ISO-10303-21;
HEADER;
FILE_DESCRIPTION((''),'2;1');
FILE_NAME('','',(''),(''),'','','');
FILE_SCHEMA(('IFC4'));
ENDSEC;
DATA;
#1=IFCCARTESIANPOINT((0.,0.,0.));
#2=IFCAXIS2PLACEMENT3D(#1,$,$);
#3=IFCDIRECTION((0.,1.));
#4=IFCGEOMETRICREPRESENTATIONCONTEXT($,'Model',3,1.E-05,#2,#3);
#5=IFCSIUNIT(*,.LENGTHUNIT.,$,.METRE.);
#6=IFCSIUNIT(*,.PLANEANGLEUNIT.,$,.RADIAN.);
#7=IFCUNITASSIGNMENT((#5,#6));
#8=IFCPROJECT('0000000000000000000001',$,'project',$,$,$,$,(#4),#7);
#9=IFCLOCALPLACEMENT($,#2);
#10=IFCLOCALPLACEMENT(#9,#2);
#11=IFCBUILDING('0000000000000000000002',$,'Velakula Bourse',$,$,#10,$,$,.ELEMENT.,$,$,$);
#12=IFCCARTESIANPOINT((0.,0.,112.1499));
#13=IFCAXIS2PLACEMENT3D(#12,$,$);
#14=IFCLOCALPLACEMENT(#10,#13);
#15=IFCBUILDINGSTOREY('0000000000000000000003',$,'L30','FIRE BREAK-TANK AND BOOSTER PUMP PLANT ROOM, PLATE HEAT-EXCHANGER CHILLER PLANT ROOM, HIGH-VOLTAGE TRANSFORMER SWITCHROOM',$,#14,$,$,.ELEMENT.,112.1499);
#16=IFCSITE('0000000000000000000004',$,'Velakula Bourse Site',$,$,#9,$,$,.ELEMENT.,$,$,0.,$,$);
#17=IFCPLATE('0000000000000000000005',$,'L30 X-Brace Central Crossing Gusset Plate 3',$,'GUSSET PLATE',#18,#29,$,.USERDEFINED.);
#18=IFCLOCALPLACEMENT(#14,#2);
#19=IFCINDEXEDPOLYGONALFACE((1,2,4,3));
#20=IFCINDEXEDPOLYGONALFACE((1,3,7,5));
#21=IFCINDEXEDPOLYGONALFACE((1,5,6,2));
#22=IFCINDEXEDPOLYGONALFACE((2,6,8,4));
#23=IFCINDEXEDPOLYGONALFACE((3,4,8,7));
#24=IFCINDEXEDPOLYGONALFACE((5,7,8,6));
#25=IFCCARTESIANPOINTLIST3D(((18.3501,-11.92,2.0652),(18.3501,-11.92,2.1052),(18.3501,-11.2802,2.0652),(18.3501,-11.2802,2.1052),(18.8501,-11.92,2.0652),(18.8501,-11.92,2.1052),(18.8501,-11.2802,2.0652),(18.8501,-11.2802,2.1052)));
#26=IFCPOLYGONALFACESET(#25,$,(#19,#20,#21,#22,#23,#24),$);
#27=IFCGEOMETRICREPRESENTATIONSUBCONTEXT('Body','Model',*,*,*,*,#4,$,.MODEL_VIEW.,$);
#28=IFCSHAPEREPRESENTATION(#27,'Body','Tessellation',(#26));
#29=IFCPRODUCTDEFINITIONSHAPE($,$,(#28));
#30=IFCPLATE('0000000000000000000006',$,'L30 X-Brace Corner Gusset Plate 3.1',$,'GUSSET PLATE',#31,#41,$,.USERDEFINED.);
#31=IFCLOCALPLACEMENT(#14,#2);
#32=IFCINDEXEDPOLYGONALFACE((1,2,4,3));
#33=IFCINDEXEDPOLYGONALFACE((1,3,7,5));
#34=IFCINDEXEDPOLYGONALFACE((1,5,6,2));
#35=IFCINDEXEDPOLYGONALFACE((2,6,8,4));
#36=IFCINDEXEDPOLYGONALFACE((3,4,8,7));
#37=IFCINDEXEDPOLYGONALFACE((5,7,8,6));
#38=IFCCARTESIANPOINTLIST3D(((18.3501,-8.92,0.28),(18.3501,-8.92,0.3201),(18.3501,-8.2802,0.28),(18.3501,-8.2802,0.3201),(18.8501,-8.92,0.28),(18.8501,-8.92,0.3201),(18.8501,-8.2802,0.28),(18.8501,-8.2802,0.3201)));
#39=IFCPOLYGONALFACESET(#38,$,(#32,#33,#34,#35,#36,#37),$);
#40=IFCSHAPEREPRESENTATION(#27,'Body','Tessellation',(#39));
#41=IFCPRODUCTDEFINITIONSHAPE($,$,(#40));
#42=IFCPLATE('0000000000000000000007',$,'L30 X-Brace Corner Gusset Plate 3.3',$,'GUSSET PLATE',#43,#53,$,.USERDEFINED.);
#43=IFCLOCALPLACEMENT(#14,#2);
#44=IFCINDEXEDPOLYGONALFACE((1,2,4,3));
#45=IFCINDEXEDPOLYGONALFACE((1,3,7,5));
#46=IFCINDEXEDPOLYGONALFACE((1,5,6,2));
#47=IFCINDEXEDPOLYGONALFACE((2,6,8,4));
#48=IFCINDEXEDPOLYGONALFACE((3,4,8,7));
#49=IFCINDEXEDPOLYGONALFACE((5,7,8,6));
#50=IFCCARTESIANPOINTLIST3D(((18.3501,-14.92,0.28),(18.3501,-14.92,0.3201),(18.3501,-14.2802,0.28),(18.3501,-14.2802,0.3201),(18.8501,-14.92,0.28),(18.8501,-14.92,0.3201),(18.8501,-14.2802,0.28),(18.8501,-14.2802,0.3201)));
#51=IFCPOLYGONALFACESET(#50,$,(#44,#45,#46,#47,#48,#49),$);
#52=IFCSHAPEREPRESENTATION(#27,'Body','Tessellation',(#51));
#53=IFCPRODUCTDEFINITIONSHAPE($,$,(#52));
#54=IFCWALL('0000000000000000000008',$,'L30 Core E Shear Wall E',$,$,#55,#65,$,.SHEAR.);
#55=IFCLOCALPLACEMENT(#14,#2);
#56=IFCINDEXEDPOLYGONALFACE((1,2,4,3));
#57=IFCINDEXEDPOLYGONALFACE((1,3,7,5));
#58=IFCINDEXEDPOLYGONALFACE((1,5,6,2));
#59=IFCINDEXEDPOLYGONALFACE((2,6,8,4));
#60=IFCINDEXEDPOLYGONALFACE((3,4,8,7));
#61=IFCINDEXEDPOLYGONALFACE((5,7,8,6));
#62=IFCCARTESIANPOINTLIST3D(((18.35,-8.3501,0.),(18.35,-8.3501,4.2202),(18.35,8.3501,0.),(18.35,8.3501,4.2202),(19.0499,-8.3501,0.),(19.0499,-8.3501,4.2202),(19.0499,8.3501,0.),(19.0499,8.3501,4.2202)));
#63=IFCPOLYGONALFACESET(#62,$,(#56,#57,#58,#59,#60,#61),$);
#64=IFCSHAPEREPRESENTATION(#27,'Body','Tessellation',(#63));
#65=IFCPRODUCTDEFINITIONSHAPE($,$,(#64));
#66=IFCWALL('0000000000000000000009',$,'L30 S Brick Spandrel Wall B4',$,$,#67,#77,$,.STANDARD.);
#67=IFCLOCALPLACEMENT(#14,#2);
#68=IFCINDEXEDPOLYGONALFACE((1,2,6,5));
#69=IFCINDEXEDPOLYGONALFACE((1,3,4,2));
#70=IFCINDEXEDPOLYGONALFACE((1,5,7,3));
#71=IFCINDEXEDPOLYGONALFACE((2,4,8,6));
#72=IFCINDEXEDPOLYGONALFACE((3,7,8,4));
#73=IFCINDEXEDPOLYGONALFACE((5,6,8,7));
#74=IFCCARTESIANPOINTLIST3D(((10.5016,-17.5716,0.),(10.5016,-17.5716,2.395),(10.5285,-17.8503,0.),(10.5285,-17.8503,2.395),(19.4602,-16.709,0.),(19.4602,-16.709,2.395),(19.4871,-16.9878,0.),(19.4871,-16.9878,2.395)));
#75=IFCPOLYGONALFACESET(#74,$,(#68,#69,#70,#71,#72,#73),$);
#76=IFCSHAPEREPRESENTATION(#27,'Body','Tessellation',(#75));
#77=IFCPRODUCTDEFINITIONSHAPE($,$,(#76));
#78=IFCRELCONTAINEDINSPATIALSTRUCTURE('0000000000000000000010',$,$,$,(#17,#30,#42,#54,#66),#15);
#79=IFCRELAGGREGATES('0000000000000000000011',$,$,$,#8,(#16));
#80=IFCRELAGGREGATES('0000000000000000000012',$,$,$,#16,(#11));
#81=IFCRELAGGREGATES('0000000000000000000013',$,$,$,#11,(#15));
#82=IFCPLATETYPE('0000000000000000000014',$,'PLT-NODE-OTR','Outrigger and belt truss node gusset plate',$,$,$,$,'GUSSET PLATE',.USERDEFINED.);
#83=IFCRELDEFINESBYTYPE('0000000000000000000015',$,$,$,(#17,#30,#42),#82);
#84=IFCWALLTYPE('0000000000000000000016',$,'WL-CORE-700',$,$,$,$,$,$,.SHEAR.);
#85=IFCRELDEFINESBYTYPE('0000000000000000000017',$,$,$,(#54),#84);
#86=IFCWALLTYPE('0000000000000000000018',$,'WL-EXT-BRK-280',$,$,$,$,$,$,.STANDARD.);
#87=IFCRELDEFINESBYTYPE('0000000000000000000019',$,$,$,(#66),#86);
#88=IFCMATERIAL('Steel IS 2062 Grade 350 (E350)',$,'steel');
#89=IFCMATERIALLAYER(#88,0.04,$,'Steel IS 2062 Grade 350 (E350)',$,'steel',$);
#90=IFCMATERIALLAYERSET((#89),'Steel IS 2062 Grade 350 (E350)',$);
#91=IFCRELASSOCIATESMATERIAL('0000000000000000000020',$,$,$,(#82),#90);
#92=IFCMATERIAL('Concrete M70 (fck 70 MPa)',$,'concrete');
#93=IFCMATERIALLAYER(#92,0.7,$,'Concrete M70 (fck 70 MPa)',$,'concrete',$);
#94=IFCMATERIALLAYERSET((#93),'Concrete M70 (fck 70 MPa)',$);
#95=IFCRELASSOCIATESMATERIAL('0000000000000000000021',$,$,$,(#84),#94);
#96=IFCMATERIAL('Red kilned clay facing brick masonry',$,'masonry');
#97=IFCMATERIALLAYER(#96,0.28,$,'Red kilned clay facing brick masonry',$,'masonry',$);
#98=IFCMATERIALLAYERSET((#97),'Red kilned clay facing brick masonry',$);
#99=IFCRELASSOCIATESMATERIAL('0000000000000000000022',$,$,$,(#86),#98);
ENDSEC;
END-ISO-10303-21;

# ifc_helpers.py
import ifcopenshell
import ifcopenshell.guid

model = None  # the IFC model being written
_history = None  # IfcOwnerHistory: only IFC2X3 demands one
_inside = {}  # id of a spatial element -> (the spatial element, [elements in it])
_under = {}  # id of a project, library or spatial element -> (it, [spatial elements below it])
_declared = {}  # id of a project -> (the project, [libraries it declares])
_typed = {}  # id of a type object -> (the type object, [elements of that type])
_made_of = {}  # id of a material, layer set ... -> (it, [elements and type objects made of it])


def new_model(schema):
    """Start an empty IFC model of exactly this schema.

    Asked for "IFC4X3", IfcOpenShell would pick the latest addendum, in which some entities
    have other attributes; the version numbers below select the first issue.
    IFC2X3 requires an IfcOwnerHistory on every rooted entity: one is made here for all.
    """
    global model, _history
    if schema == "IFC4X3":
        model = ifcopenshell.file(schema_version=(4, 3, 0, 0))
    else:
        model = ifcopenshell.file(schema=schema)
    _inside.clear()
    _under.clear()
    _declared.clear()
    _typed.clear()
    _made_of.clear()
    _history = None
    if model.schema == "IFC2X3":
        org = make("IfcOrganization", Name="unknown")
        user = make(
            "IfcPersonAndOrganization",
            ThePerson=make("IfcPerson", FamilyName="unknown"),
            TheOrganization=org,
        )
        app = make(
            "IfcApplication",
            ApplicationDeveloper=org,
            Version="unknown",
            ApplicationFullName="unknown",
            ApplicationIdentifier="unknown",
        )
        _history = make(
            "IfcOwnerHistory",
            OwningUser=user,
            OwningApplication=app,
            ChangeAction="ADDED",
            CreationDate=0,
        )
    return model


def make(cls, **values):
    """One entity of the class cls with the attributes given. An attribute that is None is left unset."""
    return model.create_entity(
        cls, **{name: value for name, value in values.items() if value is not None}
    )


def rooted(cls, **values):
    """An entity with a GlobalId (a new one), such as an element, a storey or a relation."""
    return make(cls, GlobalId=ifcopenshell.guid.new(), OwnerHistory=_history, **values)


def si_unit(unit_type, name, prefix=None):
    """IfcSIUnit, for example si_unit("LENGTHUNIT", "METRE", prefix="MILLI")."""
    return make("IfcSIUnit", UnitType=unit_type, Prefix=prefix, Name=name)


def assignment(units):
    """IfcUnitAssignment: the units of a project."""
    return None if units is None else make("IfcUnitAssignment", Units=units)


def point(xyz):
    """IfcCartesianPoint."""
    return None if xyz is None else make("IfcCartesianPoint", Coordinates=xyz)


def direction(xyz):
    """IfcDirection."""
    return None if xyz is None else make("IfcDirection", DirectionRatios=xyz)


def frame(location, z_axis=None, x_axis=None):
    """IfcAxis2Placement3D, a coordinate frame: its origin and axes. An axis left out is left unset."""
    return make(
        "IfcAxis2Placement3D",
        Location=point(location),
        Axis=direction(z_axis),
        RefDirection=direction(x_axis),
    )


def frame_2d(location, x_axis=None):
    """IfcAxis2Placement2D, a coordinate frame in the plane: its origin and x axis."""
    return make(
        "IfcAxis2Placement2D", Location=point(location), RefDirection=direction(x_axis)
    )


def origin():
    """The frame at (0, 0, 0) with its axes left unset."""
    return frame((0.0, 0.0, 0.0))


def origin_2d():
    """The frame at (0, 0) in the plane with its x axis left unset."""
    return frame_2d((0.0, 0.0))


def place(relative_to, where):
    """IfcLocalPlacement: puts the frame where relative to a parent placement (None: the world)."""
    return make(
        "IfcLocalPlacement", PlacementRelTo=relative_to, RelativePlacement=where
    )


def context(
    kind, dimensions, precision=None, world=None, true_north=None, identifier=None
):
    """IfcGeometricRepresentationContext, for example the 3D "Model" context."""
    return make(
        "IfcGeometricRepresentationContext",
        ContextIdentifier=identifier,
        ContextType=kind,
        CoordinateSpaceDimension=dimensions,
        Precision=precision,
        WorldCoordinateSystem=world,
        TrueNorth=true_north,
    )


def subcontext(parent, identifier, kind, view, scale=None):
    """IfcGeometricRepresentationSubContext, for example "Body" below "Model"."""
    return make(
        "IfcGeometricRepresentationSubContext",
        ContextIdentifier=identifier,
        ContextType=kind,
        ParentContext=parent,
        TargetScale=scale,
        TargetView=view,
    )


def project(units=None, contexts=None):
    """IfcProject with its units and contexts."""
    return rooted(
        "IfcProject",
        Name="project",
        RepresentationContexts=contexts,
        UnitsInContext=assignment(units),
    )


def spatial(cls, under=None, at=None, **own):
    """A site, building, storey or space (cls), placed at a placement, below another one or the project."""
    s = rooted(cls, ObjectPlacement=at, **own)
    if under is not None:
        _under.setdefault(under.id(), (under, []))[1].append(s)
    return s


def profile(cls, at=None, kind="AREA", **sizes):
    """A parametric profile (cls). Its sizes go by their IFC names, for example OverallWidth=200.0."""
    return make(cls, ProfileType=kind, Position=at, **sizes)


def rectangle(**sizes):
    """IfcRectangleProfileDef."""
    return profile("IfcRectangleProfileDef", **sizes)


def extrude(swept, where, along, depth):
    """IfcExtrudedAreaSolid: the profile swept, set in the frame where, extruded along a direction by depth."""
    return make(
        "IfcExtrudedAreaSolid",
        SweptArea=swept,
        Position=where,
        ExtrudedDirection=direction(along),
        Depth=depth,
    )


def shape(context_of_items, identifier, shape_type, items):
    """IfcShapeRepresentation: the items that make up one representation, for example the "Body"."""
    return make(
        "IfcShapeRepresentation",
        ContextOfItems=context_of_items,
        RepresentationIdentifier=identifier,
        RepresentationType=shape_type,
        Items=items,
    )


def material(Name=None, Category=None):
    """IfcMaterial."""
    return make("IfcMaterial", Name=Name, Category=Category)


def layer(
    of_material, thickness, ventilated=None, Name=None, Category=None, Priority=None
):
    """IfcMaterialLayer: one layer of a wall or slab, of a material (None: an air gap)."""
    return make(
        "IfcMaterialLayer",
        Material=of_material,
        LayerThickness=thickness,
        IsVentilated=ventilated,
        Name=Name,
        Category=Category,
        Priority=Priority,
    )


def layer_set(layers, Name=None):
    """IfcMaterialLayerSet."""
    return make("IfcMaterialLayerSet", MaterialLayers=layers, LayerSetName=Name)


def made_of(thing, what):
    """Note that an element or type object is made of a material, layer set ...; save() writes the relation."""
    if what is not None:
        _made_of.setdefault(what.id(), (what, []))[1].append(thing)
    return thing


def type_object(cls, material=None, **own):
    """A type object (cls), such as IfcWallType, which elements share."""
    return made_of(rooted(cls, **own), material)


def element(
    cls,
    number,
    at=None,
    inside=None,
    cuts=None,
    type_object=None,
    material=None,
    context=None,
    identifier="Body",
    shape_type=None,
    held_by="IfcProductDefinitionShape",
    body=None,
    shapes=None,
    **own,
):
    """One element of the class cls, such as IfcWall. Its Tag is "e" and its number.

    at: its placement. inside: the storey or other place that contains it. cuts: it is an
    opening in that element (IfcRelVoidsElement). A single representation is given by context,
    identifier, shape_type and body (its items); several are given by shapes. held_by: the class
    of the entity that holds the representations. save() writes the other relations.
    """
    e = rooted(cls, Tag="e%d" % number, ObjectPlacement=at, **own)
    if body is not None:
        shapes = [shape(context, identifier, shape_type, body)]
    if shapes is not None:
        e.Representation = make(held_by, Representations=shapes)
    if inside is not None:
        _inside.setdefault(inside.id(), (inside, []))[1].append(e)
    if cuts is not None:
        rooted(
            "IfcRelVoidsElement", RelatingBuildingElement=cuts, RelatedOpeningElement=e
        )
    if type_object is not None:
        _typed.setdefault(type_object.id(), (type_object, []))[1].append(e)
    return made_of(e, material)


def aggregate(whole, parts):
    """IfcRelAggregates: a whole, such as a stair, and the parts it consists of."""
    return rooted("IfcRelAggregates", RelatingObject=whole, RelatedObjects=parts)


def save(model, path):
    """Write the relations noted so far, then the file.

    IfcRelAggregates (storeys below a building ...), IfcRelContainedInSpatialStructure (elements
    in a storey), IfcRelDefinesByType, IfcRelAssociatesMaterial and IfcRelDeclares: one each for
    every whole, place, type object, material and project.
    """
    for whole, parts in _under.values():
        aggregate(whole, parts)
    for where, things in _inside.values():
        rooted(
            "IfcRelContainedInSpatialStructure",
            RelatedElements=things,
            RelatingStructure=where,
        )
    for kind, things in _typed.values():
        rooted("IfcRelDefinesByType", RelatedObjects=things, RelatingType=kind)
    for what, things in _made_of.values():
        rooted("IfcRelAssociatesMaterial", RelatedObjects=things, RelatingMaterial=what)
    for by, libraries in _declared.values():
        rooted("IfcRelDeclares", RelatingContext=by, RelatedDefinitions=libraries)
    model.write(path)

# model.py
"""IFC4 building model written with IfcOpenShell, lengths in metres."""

from ifc_helpers import new_model, si_unit, direction, frame, frame_2d, origin, origin_2d, place, context, subcontext, project, spatial, rectangle, extrude, material, layer, layer_set, type_object, element, save


model = new_model("IFC4")

# Units and contexts
model_context = context("Model", 3, precision=1e-05, world=origin(), true_north=direction((0.0, 1.0)))
body_context = subcontext(model_context, "Body", "Model", "MODEL_VIEW")
ifc_project = project(units=[si_unit("LENGTHUNIT", "METRE"), si_unit("PLANEANGLEUNIT", "RADIAN")], contexts=[model_context])

# Site, building, storey
site_placement = place(None, origin())
site = spatial("IfcSite", under=ifc_project, at=site_placement, Name="Velakula Bourse Site", CompositionType="ELEMENT", RefElevation=0.0)
building_placement = place(site_placement, origin())
building = spatial("IfcBuilding", under=site, at=building_placement, Name="Velakula Bourse", CompositionType="ELEMENT")
storey_placement = place(building_placement, frame((0.0, 0.0, 112.1499)))
storey = spatial("IfcBuildingStorey", under=building, at=storey_placement, Name="L30", Description="FIRE BREAK-TANK AND BOOSTER PUMP PLANT ROOM, PLATE HEAT-EXCHANGER CHILLER PLANT ROOM, HIGH-VOLTAGE TRANSFORMER SWITCHROOM", CompositionType="ELEMENT", Elevation=112.1499)

# Shared definitions
ifc_material_1 = material(Name="Concrete M70 (fck 70 MPa)", Category="concrete")

# Shared definitions
ifc_material_2 = material(Name="Steel IS 2062 Grade 350 (E350)", Category="steel")

# Plates
ifc_layer_1 = layer(ifc_material_2, 0.04, Name="Steel IS 2062 Grade 350 (E350)", Category="steel")
ifc_layer_set_1 = layer_set([ifc_layer_1], Name="Steel IS 2062 Grade 350 (E350)")
plate_type_1 = type_object("IfcPlateType", Name="PLT-NODE-OTR", Description="Outrigger and belt truss node gusset plate", ElementType="GUSSET PLATE", PredefinedType="USERDEFINED", material=ifc_layer_set_1)
for number, where, z_axis, x_axis, name in (
    (1, (18.6001, -11.6001, 2.0652), (0.0, 0.0, 1.0), (0.0, -1.0, 0.0), "L30 X-Brace Central Crossing Gusset Plate 3"),
    (2, (18.6001, -8.6001, 0.28), (0.0, 0.0, 1.0), (0.0, -1.0, 0.0), "L30 X-Brace Corner Gusset Plate 3.1"),
    (3, (18.6001, -14.6001, 0.28), (0.0, 0.0, 1.0), (0.0, -1.0, 0.0), "L30 X-Brace Corner Gusset Plate 3.3"),
):
    element("IfcPlate", number, at=place(storey_placement, frame(where, z_axis=z_axis, x_axis=x_axis)), inside=storey, type_object=plate_type_1, Name=name, ObjectType="GUSSET PLATE", PredefinedType="USERDEFINED", context=body_context, shape_type="SweptSolid", body=[
        extrude(rectangle(XDim=0.6399, YDim=0.5, at=origin_2d()), origin(), (0.0, 0.0, 1.0), 0.04),
    ])

# Walls
ifc_layer_2 = layer(ifc_material_1, 0.7, Name="Concrete M70 (fck 70 MPa)", Category="concrete")
ifc_layer_set_2 = layer_set([ifc_layer_2], Name="Concrete M70 (fck 70 MPa)")
wall_type_1 = type_object("IfcWallType", Name="WL-CORE-700", PredefinedType="SHEAR", material=ifc_layer_set_2)
wall_1_placement = place(storey_placement, frame((18.7, -8.3501, 0.0), z_axis=(0.0, 0.0, 1.0), x_axis=(0.0, 1.0, 0.0)))
element("IfcWall", 4, at=wall_1_placement, inside=storey, type_object=wall_type_1, Name="L30 Core E Shear Wall E", PredefinedType="SHEAR", context=body_context, shape_type="SweptSolid", body=[
    extrude(rectangle(XDim=16.7002, YDim=0.7, at=frame_2d((8.3501, 0.0))), origin(), (0.0, 0.0, 1.0), 4.2202),
])
ifc_material_3 = material(Name="Red kilned clay facing brick masonry", Category="masonry")
ifc_layer_3 = layer(ifc_material_3, 0.28, Name="Red kilned clay facing brick masonry", Category="masonry")
ifc_layer_set_3 = layer_set([ifc_layer_3], Name="Red kilned clay facing brick masonry")
wall_type_2 = type_object("IfcWallType", Name="WL-EXT-BRK-280", PredefinedType="STANDARD", material=ifc_layer_set_3)
wall_2_placement = place(storey_placement, frame((19.4736, -16.8484, 0.0), z_axis=(0.0, 0.0, 1.0), x_axis=(-0.995397, -0.09584, 0.0)))
element("IfcWall", 5, at=wall_2_placement, inside=storey, type_object=wall_type_2, Name="L30 S Brick Spandrel Wall B4", PredefinedType="STANDARD", context=body_context, shape_type="SweptSolid", body=[
    extrude(rectangle(XDim=9.0, YDim=0.28, at=frame_2d((4.5, 0.0))), origin(), (0.0, 0.0, 1.0), 2.395),
])

save(model, "model.ifc")
